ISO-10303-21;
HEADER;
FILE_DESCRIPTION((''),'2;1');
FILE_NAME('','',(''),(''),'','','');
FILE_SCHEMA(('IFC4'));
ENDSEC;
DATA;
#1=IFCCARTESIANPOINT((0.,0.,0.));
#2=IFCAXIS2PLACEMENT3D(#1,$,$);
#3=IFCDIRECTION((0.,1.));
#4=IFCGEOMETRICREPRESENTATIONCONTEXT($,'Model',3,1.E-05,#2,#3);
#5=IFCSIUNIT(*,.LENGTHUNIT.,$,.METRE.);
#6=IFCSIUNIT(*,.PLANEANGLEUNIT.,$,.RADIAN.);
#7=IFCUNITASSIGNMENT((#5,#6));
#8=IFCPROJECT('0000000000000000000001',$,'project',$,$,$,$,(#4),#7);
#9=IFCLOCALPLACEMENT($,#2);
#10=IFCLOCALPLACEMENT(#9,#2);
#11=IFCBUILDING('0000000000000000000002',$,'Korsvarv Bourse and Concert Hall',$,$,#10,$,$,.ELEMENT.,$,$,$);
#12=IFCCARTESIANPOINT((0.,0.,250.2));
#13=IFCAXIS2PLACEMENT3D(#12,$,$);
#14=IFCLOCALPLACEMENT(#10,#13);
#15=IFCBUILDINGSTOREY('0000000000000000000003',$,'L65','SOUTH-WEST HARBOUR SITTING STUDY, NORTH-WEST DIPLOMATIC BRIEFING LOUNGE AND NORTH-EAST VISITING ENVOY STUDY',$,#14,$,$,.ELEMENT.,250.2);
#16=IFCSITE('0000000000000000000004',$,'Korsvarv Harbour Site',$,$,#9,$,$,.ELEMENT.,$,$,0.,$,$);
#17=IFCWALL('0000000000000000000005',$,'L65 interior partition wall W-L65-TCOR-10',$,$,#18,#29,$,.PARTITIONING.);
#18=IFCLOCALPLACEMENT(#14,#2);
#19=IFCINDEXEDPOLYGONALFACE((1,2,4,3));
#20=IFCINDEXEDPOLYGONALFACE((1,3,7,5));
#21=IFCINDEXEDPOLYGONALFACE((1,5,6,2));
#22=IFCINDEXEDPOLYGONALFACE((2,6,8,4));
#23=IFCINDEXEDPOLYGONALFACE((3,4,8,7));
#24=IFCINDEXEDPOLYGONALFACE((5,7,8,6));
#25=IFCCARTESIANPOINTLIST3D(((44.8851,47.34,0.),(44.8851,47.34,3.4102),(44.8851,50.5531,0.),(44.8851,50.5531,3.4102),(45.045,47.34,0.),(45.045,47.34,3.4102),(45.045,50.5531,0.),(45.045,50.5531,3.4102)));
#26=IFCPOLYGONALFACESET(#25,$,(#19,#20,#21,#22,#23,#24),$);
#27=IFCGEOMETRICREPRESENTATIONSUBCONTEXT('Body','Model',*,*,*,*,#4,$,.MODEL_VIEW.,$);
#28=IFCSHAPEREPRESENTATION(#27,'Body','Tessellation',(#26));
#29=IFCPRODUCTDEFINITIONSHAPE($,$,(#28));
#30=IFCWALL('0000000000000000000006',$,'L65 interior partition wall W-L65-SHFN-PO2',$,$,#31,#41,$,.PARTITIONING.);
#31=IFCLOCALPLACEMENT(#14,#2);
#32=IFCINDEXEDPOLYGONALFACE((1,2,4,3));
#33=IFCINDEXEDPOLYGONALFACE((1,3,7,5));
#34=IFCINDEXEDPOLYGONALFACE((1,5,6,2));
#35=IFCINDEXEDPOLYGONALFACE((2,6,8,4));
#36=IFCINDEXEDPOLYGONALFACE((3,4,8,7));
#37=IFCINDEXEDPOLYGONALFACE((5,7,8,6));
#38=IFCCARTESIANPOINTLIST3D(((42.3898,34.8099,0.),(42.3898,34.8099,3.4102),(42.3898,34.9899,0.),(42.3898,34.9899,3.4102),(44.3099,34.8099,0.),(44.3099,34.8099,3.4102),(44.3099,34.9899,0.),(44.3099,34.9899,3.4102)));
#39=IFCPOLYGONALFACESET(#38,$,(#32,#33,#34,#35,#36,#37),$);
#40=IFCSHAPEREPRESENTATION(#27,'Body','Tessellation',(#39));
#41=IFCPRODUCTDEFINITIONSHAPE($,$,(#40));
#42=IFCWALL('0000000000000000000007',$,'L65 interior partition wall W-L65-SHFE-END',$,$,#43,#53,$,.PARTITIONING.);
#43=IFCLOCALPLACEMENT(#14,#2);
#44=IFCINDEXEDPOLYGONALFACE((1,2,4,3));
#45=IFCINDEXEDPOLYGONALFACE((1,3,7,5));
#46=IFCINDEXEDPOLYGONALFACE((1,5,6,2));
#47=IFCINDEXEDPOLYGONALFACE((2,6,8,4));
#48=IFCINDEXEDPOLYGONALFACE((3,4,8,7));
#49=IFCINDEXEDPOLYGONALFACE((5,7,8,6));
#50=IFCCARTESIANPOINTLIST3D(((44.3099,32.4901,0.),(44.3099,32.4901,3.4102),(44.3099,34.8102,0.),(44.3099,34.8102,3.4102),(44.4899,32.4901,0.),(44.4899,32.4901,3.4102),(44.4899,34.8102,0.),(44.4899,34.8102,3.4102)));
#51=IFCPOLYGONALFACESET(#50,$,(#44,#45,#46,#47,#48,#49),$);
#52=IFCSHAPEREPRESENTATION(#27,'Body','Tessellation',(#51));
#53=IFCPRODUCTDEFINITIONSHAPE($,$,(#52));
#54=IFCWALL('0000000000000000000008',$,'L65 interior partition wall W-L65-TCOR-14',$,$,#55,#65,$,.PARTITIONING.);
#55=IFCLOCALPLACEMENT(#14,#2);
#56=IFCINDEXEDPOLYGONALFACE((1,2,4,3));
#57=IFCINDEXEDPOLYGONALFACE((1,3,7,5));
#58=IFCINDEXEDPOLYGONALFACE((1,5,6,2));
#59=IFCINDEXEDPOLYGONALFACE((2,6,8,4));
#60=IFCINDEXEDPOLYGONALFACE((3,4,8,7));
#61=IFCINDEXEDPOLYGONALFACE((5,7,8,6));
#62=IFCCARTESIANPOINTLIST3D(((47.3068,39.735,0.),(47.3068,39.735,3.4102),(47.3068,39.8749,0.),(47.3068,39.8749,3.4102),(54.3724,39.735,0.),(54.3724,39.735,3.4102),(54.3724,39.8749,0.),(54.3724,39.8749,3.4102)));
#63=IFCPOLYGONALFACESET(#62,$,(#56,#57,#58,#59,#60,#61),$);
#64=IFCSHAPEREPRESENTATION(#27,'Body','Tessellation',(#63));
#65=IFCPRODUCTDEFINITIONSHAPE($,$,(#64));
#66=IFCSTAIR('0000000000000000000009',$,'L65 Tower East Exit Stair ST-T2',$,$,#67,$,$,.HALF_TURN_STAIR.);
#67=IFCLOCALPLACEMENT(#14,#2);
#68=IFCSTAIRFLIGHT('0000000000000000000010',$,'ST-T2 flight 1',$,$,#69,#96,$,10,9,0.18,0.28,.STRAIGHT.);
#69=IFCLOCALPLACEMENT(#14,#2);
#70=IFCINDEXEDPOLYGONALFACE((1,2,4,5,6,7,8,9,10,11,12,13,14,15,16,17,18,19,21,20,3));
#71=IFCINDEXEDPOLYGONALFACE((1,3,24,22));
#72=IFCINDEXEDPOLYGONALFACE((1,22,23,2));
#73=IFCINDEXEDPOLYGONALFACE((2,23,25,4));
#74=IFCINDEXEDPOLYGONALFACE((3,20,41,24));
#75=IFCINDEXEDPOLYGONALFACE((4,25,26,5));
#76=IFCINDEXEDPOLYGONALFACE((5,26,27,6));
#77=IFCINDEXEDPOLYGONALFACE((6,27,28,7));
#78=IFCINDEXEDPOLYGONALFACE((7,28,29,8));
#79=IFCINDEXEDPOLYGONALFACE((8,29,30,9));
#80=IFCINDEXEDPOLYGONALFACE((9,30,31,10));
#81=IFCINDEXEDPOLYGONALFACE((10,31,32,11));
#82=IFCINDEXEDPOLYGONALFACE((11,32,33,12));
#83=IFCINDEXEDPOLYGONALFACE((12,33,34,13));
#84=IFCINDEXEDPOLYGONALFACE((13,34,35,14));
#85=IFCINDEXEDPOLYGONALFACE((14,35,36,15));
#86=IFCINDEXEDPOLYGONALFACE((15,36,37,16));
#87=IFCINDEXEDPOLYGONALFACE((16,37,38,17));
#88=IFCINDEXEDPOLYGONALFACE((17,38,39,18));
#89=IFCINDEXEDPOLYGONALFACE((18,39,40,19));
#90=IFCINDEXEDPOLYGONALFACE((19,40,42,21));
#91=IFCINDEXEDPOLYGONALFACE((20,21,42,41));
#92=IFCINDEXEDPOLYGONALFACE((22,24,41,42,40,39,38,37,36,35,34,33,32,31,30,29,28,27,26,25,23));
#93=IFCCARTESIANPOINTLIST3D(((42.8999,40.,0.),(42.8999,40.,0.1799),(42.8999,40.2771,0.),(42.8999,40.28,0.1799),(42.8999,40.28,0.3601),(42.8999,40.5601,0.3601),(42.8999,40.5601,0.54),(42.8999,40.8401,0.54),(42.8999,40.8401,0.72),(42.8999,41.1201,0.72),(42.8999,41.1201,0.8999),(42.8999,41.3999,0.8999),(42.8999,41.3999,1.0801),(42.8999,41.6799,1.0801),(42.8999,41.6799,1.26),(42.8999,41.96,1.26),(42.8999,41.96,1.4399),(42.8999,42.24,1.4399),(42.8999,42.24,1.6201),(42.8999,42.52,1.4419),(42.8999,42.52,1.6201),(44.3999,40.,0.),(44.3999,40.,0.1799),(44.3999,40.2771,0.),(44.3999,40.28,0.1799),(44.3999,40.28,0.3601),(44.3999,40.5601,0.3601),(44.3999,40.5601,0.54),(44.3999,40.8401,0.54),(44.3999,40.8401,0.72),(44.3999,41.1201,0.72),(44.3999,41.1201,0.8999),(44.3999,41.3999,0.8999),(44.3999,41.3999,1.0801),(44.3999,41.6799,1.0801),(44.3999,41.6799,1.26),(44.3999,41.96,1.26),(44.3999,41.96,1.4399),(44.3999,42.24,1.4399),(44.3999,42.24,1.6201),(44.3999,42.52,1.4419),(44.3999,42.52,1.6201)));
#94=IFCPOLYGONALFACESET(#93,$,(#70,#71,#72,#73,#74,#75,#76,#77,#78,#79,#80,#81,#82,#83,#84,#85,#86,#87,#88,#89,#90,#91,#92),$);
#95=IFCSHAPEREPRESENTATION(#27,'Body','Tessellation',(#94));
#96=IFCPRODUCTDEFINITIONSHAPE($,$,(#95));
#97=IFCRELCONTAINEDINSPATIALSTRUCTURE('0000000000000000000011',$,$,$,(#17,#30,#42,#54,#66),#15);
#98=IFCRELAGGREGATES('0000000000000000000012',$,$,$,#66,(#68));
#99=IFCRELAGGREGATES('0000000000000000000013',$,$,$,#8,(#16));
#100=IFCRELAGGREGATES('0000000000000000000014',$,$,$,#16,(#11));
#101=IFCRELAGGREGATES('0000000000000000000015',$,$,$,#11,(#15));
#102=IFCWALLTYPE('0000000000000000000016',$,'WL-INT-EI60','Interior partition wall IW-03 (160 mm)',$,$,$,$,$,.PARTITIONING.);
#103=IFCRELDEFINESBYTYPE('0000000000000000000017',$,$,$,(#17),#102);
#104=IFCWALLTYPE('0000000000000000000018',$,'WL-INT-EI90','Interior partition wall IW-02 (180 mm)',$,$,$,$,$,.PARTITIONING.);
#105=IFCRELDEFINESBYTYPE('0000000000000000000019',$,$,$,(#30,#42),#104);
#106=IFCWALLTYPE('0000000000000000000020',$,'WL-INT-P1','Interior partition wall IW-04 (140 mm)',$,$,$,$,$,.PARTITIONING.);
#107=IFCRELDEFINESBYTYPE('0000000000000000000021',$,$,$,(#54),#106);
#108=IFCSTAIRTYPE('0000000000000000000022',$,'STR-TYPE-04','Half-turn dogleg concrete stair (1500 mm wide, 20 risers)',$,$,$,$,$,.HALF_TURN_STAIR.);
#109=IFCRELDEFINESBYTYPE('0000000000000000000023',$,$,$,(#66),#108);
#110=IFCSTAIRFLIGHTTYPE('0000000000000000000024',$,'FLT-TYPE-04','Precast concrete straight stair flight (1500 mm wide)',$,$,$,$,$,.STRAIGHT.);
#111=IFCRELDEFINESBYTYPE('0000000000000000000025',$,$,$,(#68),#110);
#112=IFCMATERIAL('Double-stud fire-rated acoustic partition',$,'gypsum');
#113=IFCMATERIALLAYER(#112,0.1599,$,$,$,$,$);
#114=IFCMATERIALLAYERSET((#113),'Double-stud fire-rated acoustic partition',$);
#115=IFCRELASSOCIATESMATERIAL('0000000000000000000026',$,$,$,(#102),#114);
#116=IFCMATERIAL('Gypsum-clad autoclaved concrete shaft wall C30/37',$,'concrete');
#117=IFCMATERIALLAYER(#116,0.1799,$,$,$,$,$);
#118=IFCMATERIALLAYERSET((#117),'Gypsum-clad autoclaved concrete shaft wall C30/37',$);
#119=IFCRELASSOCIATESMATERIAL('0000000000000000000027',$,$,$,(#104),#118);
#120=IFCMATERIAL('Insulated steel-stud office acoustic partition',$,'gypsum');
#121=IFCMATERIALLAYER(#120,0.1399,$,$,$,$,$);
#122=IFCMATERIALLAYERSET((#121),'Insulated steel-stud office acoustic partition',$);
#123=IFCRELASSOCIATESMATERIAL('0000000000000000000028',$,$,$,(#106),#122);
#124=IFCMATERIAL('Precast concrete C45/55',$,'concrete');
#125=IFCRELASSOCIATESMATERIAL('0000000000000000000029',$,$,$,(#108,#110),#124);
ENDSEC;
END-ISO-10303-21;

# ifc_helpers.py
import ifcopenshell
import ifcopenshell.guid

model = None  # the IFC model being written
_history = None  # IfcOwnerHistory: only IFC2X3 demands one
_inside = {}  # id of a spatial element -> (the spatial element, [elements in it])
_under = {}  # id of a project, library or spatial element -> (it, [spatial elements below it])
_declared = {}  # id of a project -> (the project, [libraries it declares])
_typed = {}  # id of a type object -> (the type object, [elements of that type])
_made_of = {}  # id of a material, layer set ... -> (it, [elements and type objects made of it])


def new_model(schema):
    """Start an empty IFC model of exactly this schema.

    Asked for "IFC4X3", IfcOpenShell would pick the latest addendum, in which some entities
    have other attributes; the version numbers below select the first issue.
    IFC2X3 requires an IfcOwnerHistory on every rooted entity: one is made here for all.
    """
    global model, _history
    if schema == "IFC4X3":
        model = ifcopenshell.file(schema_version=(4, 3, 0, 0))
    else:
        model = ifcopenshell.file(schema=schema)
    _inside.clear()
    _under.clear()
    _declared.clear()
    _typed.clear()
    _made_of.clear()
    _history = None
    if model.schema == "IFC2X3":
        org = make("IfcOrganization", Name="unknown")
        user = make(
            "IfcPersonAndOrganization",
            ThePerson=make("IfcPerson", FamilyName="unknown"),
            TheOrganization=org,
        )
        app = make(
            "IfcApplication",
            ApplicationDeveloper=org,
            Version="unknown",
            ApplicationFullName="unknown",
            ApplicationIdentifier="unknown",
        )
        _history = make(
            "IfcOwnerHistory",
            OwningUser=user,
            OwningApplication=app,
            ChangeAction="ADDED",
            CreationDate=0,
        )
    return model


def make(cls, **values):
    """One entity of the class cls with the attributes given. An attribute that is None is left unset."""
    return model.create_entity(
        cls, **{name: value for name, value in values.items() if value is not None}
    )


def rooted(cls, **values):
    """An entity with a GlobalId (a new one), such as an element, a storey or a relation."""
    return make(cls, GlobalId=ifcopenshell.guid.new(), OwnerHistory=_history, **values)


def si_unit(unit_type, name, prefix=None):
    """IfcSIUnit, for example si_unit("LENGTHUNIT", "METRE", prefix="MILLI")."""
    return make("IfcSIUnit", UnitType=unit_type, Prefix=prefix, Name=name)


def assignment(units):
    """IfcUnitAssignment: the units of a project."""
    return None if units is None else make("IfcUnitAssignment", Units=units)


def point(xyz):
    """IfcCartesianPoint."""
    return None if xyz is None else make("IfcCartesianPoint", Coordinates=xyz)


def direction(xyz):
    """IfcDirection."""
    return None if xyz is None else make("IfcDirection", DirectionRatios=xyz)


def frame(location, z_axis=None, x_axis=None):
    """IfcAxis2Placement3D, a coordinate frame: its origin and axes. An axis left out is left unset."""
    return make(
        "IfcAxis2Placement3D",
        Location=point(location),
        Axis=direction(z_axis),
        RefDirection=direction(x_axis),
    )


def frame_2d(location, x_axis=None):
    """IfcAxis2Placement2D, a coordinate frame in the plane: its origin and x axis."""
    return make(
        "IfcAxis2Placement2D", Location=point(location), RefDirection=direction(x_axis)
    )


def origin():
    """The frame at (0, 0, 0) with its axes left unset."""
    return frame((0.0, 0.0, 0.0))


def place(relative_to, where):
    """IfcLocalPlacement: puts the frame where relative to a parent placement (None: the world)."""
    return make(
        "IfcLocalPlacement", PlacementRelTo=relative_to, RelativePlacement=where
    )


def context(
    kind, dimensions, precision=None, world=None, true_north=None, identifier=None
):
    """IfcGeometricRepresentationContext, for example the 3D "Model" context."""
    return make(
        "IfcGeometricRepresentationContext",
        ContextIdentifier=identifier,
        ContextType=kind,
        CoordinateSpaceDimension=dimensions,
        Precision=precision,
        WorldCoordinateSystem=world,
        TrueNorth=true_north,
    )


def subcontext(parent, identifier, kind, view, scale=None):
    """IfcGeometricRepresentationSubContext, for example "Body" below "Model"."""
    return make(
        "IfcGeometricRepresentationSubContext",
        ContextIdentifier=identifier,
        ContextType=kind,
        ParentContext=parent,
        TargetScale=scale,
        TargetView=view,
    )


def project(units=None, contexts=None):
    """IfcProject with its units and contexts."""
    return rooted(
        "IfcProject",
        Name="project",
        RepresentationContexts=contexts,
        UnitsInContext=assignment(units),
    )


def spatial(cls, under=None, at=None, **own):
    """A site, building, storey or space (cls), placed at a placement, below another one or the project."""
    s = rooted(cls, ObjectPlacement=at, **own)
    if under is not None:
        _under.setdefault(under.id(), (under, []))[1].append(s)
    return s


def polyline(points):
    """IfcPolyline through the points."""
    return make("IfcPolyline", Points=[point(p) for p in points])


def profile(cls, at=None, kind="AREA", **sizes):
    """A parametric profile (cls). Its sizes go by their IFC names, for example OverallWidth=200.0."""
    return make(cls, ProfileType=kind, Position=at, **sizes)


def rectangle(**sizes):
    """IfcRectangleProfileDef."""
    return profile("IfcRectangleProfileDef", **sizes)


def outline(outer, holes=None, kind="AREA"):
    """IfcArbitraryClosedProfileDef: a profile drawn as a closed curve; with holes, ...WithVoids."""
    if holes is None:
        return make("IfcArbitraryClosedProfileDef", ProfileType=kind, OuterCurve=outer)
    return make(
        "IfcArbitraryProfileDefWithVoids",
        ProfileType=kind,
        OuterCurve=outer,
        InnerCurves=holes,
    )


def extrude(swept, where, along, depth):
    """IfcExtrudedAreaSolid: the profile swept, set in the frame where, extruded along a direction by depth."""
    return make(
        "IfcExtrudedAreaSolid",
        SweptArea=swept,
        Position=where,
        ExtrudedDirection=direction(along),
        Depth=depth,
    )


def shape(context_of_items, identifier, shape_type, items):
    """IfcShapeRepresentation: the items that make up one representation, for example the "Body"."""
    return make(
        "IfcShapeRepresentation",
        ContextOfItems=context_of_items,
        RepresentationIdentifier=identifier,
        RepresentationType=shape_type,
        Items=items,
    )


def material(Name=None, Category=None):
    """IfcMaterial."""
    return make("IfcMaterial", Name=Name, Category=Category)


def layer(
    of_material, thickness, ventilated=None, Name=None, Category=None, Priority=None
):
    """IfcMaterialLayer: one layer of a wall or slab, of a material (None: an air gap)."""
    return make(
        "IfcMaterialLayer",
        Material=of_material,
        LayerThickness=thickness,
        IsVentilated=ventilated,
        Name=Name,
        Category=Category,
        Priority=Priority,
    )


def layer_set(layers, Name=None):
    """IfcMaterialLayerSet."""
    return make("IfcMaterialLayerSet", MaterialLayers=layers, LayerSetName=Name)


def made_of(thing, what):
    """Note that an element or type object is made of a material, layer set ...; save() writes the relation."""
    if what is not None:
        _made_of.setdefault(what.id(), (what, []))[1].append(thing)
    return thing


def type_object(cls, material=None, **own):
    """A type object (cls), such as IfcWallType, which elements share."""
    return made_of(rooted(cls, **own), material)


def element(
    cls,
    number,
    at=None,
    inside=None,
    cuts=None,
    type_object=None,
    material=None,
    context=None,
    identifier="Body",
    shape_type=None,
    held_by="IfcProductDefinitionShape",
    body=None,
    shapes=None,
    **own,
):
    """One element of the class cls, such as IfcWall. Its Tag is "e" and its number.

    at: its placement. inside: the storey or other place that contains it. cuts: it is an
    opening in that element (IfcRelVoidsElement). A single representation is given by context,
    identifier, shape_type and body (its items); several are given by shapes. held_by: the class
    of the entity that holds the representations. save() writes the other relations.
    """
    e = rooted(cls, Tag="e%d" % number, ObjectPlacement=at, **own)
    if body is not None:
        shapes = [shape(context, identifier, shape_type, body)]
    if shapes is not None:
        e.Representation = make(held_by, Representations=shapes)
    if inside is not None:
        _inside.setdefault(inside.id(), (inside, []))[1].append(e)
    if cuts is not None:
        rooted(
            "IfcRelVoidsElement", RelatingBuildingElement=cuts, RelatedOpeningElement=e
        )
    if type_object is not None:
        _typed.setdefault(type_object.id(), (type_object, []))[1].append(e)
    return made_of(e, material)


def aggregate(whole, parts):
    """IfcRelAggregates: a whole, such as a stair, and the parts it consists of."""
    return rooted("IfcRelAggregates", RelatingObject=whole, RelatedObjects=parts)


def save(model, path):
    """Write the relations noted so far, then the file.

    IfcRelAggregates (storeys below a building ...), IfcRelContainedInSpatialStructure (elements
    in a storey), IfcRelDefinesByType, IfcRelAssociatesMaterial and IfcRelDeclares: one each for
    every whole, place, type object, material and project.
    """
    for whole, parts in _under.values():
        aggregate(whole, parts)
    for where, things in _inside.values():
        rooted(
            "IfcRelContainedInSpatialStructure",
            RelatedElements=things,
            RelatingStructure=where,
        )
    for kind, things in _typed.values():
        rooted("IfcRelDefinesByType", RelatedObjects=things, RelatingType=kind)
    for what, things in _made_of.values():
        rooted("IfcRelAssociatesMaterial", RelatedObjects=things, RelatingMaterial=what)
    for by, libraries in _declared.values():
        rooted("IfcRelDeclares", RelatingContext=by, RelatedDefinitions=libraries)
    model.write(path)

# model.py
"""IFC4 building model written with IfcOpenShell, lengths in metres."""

from ifc_helpers import new_model, si_unit, direction, frame, frame_2d, origin, place, context, subcontext, project, spatial, polyline, rectangle, outline, extrude, material, layer, layer_set, type_object, element, aggregate, save


model = new_model("IFC4")

# Units and contexts
model_context = context("Model", 3, precision=1e-05, world=origin(), true_north=direction((0.0, 1.0)))
body_context = subcontext(model_context, "Body", "Model", "MODEL_VIEW")
ifc_project = project(units=[si_unit("LENGTHUNIT", "METRE"), si_unit("PLANEANGLEUNIT", "RADIAN")], contexts=[model_context])

# Site, building, storey
site_placement = place(None, origin())
site = spatial("IfcSite", under=ifc_project, at=site_placement, Name="Korsvarv Harbour Site", CompositionType="ELEMENT", RefElevation=0.0)
building_placement = place(site_placement, origin())
building = spatial("IfcBuilding", under=site, at=building_placement, Name="Korsvarv Bourse and Concert Hall", CompositionType="ELEMENT")
storey_placement = place(building_placement, frame((0.0, 0.0, 250.2)))
storey = spatial("IfcBuildingStorey", under=building, at=storey_placement, Name="L65", Description="SOUTH-WEST HARBOUR SITTING STUDY, NORTH-WEST DIPLOMATIC BRIEFING LOUNGE AND NORTH-EAST VISITING ENVOY STUDY", CompositionType="ELEMENT", Elevation=250.2)

# Shared definitions
ifc_material_1 = material(Name="Double-stud fire-rated acoustic partition", Category="gypsum")
ifc_layer_1 = layer(ifc_material_1, 0.1599)
ifc_layer_set_1 = layer_set([ifc_layer_1], Name="Double-stud fire-rated acoustic partition")
wall_type_1 = type_object("IfcWallType", Name="WL-INT-EI60", Description="Interior partition wall IW-03 (160 mm)", PredefinedType="PARTITIONING", material=ifc_layer_set_1)

# Walls
wall_1_placement = place(storey_placement, frame((44.9651, 47.3401, 0.0), z_axis=(0.0, 0.0, 1.0), x_axis=(0.0, 1.0, 0.0)))
element("IfcWall", 1, at=wall_1_placement, inside=storey, type_object=wall_type_1, Name="L65 interior partition wall W-L65-TCOR-10", PredefinedType="PARTITIONING", context=body_context, shape_type="SweptSolid", body=[
    extrude(rectangle(XDim=3.2131, YDim=0.1599, at=frame_2d((1.6064, 0.0))), origin(), (0.0, 0.0, 1.0), 3.4102),
])
ifc_material_2 = material(Name="Gypsum-clad autoclaved concrete shaft wall C30/37", Category="concrete")
ifc_layer_2 = layer(ifc_material_2, 0.1799)
ifc_layer_set_2 = layer_set([ifc_layer_2], Name="Gypsum-clad autoclaved concrete shaft wall C30/37")
wall_type_2 = type_object("IfcWallType", Name="WL-INT-EI90", Description="Interior partition wall IW-02 (180 mm)", PredefinedType="PARTITIONING", material=ifc_layer_set_2)
wall_2_placement = place(storey_placement, frame((42.3899, 34.8999, 0.0), z_axis=(0.0, 0.0, 1.0), x_axis=(1.0, 0.0, 0.0)))
element("IfcWall", 2, at=wall_2_placement, inside=storey, type_object=wall_type_2, Name="L65 interior partition wall W-L65-SHFN-PO2", PredefinedType="PARTITIONING", context=body_context, shape_type="SweptSolid", body=[
    extrude(rectangle(XDim=1.9202, YDim=0.1799, at=frame_2d((0.96, 0.0))), origin(), (0.0, 0.0, 1.0), 3.4102),
])
wall_3_placement = place(storey_placement, frame((44.3999, 32.49, 0.0), z_axis=(0.0, 0.0, 1.0), x_axis=(0.0, 1.0, 0.0)))
element("IfcWall", 3, at=wall_3_placement, inside=storey, type_object=wall_type_2, Name="L65 interior partition wall W-L65-SHFE-END", PredefinedType="PARTITIONING", context=body_context, shape_type="SweptSolid", body=[
    extrude(rectangle(XDim=2.3201, YDim=0.1799, at=frame_2d((1.1602, 0.0))), origin(), (0.0, 0.0, 1.0), 3.4102),
])
ifc_material_3 = material(Name="Insulated steel-stud office acoustic partition", Category="gypsum")
ifc_layer_3 = layer(ifc_material_3, 0.1399)
ifc_layer_set_3 = layer_set([ifc_layer_3], Name="Insulated steel-stud office acoustic partition")
wall_type_3 = type_object("IfcWallType", Name="WL-INT-P1", Description="Interior partition wall IW-04 (140 mm)", PredefinedType="PARTITIONING", material=ifc_layer_set_3)
wall_4_placement = place(storey_placement, frame((47.3069, 39.8049, 0.0), z_axis=(0.0, 0.0, 1.0), x_axis=(1.0, 0.0, 0.0)))
element("IfcWall", 4, at=wall_4_placement, inside=storey, type_object=wall_type_3, Name="L65 interior partition wall W-L65-TCOR-14", PredefinedType="PARTITIONING", context=body_context, shape_type="SweptSolid", body=[
    extrude(rectangle(XDim=7.0657, YDim=0.1399, at=frame_2d((3.5327, 0.0))), origin(), (0.0, 0.0, 1.0), 3.4102),
])

# Stair, stair flight
ifc_material_4 = material(Name="Precast concrete C45/55", Category="concrete")
stair_type = type_object("IfcStairType", Name="STR-TYPE-04", Description="Half-turn dogleg concrete stair (1500 mm wide, 20 risers)", PredefinedType="HALF_TURN_STAIR", material=ifc_material_4)
stair_placement = place(storey_placement, origin())
stair = element("IfcStair", 5, at=stair_placement, inside=storey, type_object=stair_type, Name="L65 Tower East Exit Stair ST-T2", PredefinedType="HALF_TURN_STAIR")
stair_flight_type = type_object("IfcStairFlightType", Name="FLT-TYPE-04", Description="Precast concrete straight stair flight (1500 mm wide)", PredefinedType="STRAIGHT", material=ifc_material_4)
stair_flight_placement = place(storey_placement, frame((43.6499, 40.0, 0.0), z_axis=(0.0, 0.0, 1.0), x_axis=(0.0, 1.0, 0.0)))
stair_flight = element("IfcStairFlight", 6, at=stair_flight_placement, type_object=stair_flight_type, Name="ST-T2 flight 1", NumberOfRisers=10, NumberOfTreads=9, PredefinedType="STRAIGHT", RiserHeight=0.18, TreadLength=0.28, context=body_context, shape_type="SweptSolid", body=[
    extrude(outline(polyline([(0.0, 0.0), (0.0, 0.1799), (0.28, 0.1799), (0.28, 0.3601), (0.5601, 0.3601), (0.5601, 0.54), (0.8401, 0.54), (0.8401, 0.72), (1.1201, 0.72), (1.1201, 0.8999), (1.3999, 0.8999), (1.3999, 1.0801), (1.6799, 1.0801), (1.6799, 1.26), (1.96, 1.26), (1.96, 1.4399), (2.24, 1.4399), (2.24, 1.6201), (2.52, 1.6201), (2.52, 1.8), (2.52, 1.4419), (0.2771, 0.0), (0.0, 0.0)])), frame((0.0, 0.75, 0.0), z_axis=(0.0, -1.0, 0.0), x_axis=(1.0, 0.0, 0.0)), (0.0, 0.0, 1.0), 1.5),
])
aggregate(stair, [stair_flight])

save(model, "model.ifc")
